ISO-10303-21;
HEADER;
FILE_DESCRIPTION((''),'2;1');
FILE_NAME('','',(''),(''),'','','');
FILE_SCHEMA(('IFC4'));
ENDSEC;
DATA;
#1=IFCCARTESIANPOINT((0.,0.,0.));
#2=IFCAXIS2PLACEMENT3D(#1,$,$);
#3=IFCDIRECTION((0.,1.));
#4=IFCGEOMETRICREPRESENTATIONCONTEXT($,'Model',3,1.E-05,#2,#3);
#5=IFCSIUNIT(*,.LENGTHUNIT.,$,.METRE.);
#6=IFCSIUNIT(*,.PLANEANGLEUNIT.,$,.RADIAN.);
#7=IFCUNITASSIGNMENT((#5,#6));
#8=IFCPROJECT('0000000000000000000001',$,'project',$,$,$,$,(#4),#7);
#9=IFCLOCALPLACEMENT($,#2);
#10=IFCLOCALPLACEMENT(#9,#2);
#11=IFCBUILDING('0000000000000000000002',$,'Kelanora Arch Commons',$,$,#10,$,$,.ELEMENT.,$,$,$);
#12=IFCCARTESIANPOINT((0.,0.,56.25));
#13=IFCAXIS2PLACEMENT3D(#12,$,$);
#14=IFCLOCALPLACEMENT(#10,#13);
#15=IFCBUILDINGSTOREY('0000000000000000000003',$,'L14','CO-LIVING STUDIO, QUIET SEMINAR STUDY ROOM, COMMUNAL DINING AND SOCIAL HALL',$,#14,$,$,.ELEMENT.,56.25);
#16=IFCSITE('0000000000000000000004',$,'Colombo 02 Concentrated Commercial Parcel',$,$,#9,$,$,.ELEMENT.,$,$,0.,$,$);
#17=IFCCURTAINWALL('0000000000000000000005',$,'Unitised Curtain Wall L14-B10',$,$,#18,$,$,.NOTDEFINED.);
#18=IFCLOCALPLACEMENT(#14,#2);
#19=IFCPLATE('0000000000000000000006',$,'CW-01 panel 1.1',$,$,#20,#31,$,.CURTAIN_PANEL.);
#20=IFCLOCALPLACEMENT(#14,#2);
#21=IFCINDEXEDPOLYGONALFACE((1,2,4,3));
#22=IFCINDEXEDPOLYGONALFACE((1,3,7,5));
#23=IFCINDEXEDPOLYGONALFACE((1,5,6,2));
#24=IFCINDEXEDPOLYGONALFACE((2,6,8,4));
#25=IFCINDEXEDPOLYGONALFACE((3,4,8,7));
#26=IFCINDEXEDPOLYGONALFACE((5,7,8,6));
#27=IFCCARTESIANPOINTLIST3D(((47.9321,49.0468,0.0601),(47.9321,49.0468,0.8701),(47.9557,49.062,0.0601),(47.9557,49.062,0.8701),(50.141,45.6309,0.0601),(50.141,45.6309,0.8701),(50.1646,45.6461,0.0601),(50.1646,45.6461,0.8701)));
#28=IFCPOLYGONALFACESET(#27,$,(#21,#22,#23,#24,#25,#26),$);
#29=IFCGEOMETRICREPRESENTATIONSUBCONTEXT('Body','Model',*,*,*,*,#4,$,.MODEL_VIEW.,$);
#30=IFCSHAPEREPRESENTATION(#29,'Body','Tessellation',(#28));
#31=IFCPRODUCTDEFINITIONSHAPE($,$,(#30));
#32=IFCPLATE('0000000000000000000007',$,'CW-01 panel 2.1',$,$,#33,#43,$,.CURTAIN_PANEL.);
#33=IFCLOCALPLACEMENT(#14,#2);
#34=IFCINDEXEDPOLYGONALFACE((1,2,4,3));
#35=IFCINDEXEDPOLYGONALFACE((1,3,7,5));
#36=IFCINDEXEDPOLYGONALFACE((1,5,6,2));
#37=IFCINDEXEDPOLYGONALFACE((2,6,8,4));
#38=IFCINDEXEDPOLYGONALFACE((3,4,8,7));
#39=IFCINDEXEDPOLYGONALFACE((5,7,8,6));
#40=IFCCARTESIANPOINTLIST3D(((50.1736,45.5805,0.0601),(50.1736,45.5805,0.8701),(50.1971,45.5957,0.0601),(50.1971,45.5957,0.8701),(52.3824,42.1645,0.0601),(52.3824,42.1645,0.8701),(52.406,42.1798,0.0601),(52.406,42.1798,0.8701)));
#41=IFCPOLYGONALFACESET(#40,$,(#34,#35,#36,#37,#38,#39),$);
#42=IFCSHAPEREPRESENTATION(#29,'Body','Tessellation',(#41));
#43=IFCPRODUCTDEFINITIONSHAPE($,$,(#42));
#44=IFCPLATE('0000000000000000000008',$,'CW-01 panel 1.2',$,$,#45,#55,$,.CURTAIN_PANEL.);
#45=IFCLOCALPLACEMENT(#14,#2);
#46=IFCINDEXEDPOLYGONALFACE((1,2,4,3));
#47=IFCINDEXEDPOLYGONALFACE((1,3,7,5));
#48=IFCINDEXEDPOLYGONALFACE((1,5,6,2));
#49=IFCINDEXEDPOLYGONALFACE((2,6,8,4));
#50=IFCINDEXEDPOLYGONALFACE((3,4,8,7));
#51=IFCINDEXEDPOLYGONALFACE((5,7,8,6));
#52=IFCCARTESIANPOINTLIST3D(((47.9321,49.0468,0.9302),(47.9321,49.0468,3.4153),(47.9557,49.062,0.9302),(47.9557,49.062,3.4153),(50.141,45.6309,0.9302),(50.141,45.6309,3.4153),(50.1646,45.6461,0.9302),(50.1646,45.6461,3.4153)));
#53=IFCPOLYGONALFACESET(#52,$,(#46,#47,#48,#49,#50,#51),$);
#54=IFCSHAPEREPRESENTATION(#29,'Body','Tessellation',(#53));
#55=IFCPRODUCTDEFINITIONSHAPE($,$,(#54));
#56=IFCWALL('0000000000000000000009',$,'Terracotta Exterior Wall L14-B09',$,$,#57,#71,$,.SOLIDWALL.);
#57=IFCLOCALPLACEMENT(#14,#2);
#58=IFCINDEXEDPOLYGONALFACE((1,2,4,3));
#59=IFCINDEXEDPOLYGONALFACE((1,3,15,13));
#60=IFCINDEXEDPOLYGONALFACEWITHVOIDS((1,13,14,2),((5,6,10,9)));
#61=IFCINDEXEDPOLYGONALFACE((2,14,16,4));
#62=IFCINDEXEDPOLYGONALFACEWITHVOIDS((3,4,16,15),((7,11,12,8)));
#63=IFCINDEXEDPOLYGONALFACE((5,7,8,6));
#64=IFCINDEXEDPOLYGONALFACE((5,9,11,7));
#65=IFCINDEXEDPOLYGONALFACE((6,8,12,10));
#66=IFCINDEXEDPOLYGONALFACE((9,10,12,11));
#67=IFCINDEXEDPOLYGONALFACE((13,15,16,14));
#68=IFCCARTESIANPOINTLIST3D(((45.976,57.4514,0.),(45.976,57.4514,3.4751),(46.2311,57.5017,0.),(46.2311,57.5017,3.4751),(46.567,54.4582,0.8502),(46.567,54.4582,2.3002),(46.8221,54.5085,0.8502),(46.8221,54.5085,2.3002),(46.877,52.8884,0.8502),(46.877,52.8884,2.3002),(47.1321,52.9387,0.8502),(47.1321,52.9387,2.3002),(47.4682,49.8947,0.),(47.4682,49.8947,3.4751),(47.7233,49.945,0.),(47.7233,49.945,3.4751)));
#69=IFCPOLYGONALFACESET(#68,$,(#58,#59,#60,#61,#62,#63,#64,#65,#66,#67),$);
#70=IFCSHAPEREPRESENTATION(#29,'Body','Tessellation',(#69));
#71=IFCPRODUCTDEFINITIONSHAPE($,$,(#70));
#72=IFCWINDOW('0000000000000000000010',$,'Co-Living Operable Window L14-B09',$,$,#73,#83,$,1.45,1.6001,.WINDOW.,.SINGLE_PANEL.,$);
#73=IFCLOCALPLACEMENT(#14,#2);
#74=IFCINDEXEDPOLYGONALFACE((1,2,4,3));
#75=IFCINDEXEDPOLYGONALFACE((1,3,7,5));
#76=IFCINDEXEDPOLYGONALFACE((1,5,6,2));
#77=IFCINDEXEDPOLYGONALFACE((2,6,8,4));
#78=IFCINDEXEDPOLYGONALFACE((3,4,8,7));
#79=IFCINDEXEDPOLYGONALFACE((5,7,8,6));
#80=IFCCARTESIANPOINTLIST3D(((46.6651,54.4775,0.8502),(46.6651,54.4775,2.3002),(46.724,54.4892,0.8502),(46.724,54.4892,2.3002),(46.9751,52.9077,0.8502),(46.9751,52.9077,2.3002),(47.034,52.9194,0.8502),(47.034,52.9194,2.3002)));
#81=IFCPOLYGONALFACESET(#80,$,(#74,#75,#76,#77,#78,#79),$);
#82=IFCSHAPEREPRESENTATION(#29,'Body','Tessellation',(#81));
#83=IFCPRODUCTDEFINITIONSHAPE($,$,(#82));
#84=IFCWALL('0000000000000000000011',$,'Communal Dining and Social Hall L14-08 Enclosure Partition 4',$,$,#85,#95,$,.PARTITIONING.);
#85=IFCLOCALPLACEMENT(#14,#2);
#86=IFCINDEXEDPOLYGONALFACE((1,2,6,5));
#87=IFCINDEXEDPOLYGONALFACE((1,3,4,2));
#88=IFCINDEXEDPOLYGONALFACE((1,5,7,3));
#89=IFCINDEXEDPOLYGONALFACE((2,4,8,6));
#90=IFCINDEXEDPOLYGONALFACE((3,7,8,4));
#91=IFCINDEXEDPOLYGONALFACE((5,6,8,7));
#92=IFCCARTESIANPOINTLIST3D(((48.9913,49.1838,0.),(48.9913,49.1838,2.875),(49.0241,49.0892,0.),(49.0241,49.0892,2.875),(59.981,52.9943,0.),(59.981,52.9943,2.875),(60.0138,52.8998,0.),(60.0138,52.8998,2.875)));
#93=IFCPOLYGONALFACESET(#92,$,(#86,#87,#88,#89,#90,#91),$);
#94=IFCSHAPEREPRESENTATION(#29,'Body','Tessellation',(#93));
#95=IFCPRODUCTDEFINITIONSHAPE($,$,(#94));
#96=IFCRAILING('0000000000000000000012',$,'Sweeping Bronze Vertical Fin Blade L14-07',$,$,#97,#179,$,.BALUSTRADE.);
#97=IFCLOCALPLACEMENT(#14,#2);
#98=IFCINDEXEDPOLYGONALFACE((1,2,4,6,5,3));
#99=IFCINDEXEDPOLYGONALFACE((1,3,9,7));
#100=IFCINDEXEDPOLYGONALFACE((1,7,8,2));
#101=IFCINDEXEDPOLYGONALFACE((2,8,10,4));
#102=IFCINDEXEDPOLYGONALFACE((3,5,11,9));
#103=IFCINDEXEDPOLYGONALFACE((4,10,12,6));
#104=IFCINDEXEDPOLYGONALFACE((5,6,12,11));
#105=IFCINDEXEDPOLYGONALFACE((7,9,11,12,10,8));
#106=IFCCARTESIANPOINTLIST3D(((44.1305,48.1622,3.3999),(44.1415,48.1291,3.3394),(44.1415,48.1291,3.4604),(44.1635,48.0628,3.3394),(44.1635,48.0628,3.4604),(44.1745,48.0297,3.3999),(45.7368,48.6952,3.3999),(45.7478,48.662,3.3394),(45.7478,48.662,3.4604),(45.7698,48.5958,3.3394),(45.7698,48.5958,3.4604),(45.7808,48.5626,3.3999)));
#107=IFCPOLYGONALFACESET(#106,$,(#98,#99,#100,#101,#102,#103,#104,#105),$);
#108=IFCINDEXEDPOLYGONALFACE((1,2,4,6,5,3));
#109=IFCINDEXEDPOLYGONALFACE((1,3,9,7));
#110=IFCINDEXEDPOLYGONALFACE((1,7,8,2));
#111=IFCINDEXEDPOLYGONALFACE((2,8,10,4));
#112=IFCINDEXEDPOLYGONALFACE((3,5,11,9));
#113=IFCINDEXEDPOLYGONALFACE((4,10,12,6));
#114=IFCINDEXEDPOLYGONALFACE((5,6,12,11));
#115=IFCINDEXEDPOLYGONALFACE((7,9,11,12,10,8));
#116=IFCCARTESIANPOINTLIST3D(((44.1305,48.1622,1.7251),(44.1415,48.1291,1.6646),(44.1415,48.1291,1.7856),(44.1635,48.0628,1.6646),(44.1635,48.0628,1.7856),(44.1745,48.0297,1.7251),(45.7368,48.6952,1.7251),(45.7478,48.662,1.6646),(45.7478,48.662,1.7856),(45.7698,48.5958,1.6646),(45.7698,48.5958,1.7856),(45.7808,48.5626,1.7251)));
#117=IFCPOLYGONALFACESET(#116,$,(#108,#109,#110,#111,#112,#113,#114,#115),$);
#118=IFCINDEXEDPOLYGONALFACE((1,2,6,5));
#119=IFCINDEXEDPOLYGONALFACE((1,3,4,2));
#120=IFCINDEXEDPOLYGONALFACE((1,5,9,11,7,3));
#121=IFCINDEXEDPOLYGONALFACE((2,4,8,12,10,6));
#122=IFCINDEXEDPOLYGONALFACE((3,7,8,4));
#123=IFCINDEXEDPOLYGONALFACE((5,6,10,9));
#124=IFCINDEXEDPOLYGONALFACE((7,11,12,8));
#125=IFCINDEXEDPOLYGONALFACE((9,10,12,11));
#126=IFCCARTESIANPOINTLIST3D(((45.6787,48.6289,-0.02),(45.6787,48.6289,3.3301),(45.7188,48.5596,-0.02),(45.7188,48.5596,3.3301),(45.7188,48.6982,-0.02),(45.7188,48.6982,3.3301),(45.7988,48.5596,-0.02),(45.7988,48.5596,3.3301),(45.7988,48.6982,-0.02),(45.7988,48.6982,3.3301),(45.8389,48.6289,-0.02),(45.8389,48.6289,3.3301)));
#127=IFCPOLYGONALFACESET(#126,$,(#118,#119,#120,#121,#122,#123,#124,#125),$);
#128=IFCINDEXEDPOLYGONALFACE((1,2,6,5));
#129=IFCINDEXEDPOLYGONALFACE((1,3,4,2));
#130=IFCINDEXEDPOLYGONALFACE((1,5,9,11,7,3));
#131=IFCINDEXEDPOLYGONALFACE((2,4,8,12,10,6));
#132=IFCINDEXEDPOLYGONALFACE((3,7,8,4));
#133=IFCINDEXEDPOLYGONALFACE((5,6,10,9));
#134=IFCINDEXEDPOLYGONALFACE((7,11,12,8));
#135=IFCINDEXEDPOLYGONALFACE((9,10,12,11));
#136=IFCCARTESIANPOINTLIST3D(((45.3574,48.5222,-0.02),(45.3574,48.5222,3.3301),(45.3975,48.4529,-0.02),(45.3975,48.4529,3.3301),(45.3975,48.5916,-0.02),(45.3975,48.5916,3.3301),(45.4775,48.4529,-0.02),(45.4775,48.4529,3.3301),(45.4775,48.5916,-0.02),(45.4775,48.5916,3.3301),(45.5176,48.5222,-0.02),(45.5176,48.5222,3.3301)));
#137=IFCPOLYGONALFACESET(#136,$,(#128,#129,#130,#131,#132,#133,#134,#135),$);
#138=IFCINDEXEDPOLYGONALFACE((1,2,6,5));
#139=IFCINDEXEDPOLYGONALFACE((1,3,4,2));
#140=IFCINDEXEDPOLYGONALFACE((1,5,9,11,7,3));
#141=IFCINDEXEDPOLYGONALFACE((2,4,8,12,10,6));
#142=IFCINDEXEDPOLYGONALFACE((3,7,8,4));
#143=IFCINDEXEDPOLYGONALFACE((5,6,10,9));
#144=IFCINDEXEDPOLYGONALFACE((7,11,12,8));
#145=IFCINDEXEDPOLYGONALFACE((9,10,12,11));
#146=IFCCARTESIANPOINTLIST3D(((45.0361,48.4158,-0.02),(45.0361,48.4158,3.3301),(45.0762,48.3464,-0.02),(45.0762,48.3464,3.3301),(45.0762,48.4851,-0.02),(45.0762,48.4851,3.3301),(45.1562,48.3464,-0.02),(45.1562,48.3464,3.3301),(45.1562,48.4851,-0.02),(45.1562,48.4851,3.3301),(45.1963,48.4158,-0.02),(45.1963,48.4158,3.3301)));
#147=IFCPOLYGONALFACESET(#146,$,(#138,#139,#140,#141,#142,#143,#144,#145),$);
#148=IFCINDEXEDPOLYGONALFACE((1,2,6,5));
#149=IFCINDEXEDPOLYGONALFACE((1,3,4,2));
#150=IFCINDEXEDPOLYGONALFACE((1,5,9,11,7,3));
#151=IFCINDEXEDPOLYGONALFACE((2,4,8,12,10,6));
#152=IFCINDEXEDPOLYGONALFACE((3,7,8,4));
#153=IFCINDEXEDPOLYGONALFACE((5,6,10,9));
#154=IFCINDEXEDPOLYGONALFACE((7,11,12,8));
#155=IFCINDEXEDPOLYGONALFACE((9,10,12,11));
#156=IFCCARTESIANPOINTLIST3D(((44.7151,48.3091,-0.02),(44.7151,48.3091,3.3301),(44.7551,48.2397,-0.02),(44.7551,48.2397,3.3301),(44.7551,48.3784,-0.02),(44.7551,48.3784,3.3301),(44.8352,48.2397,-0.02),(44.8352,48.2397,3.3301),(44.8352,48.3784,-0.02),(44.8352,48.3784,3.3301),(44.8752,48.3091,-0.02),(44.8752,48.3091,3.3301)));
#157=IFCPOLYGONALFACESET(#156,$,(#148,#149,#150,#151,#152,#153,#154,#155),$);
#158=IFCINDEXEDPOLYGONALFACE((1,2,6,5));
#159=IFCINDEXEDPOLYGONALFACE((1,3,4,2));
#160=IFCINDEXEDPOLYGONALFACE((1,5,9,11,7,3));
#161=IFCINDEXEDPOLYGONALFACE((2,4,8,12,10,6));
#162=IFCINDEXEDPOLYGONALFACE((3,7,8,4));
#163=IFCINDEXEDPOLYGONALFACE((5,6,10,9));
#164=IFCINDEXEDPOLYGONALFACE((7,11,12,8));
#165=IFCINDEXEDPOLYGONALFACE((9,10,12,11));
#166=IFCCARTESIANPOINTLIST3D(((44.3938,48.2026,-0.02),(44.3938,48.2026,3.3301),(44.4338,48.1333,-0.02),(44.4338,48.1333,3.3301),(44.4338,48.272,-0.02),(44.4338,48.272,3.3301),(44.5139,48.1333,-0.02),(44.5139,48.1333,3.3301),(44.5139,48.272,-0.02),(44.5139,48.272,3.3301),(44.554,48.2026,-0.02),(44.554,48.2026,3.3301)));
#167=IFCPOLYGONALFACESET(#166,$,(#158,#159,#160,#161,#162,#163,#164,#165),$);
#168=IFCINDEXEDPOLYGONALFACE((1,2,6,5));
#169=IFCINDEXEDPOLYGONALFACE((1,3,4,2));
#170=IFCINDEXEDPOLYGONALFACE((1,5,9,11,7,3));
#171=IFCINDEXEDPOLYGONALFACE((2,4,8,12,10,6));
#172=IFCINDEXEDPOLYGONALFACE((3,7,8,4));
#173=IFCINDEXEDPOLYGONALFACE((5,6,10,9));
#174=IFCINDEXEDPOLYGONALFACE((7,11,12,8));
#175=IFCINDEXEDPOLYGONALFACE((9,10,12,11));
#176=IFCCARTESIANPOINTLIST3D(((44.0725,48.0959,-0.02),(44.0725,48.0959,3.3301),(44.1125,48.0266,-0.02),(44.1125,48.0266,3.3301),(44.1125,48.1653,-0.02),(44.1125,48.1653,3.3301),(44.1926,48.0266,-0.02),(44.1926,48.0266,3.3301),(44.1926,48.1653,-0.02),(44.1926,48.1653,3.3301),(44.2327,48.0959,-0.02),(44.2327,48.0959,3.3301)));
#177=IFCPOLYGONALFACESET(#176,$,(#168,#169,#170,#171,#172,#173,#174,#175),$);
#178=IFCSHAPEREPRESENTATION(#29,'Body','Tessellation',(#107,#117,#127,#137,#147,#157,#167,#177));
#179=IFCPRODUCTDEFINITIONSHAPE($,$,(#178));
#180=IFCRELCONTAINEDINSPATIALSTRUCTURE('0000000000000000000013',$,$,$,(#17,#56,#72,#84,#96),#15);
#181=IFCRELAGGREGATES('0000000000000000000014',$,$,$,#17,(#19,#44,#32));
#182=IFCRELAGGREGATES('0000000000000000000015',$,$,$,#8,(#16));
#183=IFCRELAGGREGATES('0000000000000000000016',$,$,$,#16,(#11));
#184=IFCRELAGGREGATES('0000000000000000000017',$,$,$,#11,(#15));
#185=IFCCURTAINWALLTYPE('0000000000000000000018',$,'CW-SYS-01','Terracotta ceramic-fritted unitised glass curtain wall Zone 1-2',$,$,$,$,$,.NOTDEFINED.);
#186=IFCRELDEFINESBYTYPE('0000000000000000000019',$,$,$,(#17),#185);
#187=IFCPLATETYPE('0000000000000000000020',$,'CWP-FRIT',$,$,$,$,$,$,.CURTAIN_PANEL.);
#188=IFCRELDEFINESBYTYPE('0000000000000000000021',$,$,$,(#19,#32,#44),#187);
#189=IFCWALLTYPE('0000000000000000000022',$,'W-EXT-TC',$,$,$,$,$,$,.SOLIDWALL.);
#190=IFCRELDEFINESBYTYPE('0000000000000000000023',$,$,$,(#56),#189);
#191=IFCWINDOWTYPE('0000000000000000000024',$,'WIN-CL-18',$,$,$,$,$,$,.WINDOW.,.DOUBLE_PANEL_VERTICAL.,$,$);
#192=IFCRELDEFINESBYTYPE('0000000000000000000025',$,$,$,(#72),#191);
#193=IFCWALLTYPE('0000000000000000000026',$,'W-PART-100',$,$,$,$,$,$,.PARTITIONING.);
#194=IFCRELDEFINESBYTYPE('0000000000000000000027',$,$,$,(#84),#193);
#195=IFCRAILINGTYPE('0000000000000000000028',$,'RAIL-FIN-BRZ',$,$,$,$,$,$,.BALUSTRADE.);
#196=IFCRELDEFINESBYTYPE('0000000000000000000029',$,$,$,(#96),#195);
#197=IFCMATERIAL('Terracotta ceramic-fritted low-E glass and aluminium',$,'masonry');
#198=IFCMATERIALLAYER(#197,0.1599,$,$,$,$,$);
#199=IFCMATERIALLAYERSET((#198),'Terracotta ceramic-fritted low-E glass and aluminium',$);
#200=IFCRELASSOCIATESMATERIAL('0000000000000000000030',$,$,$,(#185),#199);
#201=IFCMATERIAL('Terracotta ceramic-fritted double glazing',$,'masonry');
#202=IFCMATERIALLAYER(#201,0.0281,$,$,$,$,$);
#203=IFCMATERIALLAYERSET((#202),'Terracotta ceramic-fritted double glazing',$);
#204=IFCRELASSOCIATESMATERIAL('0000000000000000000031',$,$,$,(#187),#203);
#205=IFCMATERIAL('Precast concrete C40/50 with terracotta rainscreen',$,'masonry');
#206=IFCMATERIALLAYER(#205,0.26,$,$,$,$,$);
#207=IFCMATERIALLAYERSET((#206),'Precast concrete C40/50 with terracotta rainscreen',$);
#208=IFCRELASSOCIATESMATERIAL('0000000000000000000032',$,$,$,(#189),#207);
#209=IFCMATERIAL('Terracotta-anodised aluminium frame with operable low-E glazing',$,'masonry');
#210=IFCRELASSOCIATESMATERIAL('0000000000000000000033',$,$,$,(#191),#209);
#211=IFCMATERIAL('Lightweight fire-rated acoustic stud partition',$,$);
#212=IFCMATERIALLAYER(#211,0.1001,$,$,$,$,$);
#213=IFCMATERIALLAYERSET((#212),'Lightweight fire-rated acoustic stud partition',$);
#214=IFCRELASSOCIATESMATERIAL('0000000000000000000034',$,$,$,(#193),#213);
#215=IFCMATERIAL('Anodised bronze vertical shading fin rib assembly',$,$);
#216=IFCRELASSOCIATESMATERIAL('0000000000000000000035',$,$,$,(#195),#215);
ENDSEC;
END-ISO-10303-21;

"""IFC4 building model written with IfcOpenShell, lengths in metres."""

from ifc_helpers import new_model, si_unit, direction, frame, frame_2d, origin, origin_2d, place, context, subcontext, project, spatial, polyline, rectangle, outline, extrude, source, transform, mapped, material, layer, layer_set, type_object, element, fill, aggregate, save


model = new_model("IFC4")

# Units and contexts
model_context = context("Model", 3, precision=1e-05, world=origin(), true_north=direction((0.0, 1.0)))
body_context = subcontext(model_context, "Body", "Model", "MODEL_VIEW")
ifc_project = project(units=[si_unit("LENGTHUNIT", "METRE"), si_unit("PLANEANGLEUNIT", "RADIAN")], contexts=[model_context])

# Site, building, storey
site_placement = place(None, origin())
site = spatial("IfcSite", under=ifc_project, at=site_placement, Name="Colombo 02 Concentrated Commercial Parcel", CompositionType="ELEMENT", RefElevation=0.0)
building_placement = place(site_placement, origin())
building = spatial("IfcBuilding", under=site, at=building_placement, Name="Kelanora Arch Commons", CompositionType="ELEMENT")
storey_placement = place(building_placement, frame((0.0, 0.0, 56.25)))
storey = spatial("IfcBuildingStorey", under=building, at=storey_placement, Name="L14", Description="CO-LIVING STUDIO, QUIET SEMINAR STUDY ROOM, COMMUNAL DINING AND SOCIAL HALL", CompositionType="ELEMENT", Elevation=56.25)

# Shared definitions
ifc_material_1 = material(Name="Terracotta ceramic-fritted low-E glass and aluminium", Category="masonry")
ifc_layer_1 = layer(ifc_material_1, 0.1599)
ifc_layer_set_1 = layer_set([ifc_layer_1], Name="Terracotta ceramic-fritted low-E glass and aluminium")
curtain_wall_type = type_object("IfcCurtainWallType", Name="CW-SYS-01", Description="Terracotta ceramic-fritted unitised glass curtain wall Zone 1-2", PredefinedType="NOTDEFINED", material=ifc_layer_set_1)

# Curtain wall
curtain_wall_1_placement = place(storey_placement, origin())
curtain_wall_1 = element("IfcCurtainWall", 1, at=curtain_wall_1_placement, inside=storey, type_object=curtain_wall_type, Name="Unitised Curtain Wall L14-B10", PredefinedType="NOTDEFINED")

# Plates
ifc_material_2 = material(Name="Terracotta ceramic-fritted double glazing", Category="masonry")
ifc_layer_2 = layer(ifc_material_2, 0.0281)
ifc_layer_set_2 = layer_set([ifc_layer_2], Name="Terracotta ceramic-fritted double glazing")
plate_type = type_object("IfcPlateType", Name="CWP-FRIT", PredefinedType="CURTAIN_PANEL", material=ifc_layer_set_2)
shared_shape_1 = source(origin(), body_context, "Body", "SweptSolid", [
    extrude(rectangle(XDim=4.0679, YDim=0.0281, at=origin_2d()), origin(), (0.0, 0.0, 1.0), 0.8101),
])
plate_1_placement = place(storey_placement, frame((49.0483, 47.3464, 0.0601), z_axis=(0.0, 0.0, 1.0), x_axis=(0.543004, -0.83973, 0.0)))
plate_1 = element("IfcPlate", 2, at=plate_1_placement, type_object=plate_type, Name="CW-01 panel 1.1", PredefinedType="CURTAIN_PANEL", context=body_context, shape_type="MappedRepresentation", body=[
    mapped(shared_shape_1, transform((0.0, 0.0, 0.0), scale=1.0)),
])
plate_2_placement = place(storey_placement, frame((51.2898, 43.8801, 0.0601), z_axis=(0.0, 0.0, 1.0), x_axis=(0.543004, -0.83973, 0.0)))
plate_2 = element("IfcPlate", 3, at=plate_2_placement, type_object=plate_type, Name="CW-01 panel 2.1", PredefinedType="CURTAIN_PANEL", context=body_context, shape_type="MappedRepresentation", body=[
    mapped(shared_shape_1, transform((0.0, 0.0, 0.0), scale=1.0)),
])
shared_shape_2 = source(origin(), body_context, "Body", "SweptSolid", [
    extrude(rectangle(XDim=4.0679, YDim=0.0281, at=origin_2d()), origin(), (0.0, 0.0, 1.0), 2.4851),
])
plate_3_placement = place(storey_placement, frame((49.0483, 47.3464, 0.9302), z_axis=(0.0, 0.0, 1.0), x_axis=(0.543004, -0.83973, 0.0)))
plate_3 = element("IfcPlate", 4, at=plate_3_placement, type_object=plate_type, Name="CW-01 panel 1.2", PredefinedType="CURTAIN_PANEL", context=body_context, shape_type="MappedRepresentation", body=[
    mapped(shared_shape_2, transform((0.0, 0.0, 0.0), scale=1.0)),
])
aggregate(curtain_wall_1, [plate_1, plate_3, plate_2])

# Wall, opening, window
ifc_material_3 = material(Name="Precast concrete C40/50 with terracotta rainscreen", Category="masonry")
ifc_layer_3 = layer(ifc_material_3, 0.26)
ifc_layer_set_3 = layer_set([ifc_layer_3], Name="Precast concrete C40/50 with terracotta rainscreen")
wall_type_1 = type_object("IfcWallType", Name="W-EXT-TC", PredefinedType="SOLIDWALL", material=ifc_layer_set_3)
wall_1_placement = place(storey_placement, frame((46.1035, 57.4766, 0.0), z_axis=(0.0, 0.0, 1.0), x_axis=(0.193726, -0.981056, 0.0)))
wall_1 = element("IfcWall", 5, at=wall_1_placement, inside=storey, type_object=wall_type_1, Name="Terracotta Exterior Wall L14-B09", PredefinedType="SOLIDWALL", context=body_context, shape_type="SweptSolid", body=[
    extrude(rectangle(XDim=7.7026, YDim=0.26, at=frame_2d((3.8513, 0.0))), origin(), (0.0, 0.0, 1.0), 3.4751),
])
opening_placement = place(wall_1_placement, frame((3.051, 0.0, 0.8501)))
opening = element("IfcOpeningElement", 6, at=opening_placement, cuts=wall_1, PredefinedType="OPENING", context=body_context, shape_type="SweptSolid", body=[
    extrude(rectangle(XDim=1.6001, YDim=1.45, at=frame_2d((0.8, 0.7251))), frame((0.0, 0.1401, 0.0), z_axis=(0.0, -1.0, 0.0), x_axis=(1.0, 0.0, 0.0)), (0.0, 0.0, 1.0), 0.28),
])
ifc_material_4 = material(Name="Terracotta-anodised aluminium frame with operable low-E glazing", Category="masonry")
window_type = type_object("IfcWindowType", Name="WIN-CL-18", PartitioningType="DOUBLE_PANEL_VERTICAL", PredefinedType="WINDOW", material=ifc_material_4)
window_placement = place(opening_placement, origin())
window = element("IfcWindow", 7, at=window_placement, inside=storey, type_object=window_type, Name="Co-Living Operable Window L14-B09", OverallHeight=1.45, OverallWidth=1.6001, PartitioningType="SINGLE_PANEL", PredefinedType="WINDOW", context=body_context, shape_type="SweptSolid", body=[
    extrude(rectangle(XDim=1.6001, YDim=1.45, at=frame_2d((0.8, 0.7251))), frame((0.0, 0.03, 0.0), z_axis=(0.0, -1.0, 0.0), x_axis=(1.0, 0.0, 0.0)), (0.0, 0.0, 1.0), 0.0601),
])
fill(opening, window)

# Wall
ifc_material_5 = material(Name="Lightweight fire-rated acoustic stud partition")
ifc_layer_4 = layer(ifc_material_5, 0.1001)
ifc_layer_set_4 = layer_set([ifc_layer_4], Name="Lightweight fire-rated acoustic stud partition")
wall_type_2 = type_object("IfcWallType", Name="W-PART-100", PredefinedType="PARTITIONING", material=ifc_layer_set_4)
wall_2_placement = place(storey_placement, frame((49.0076, 49.1365, 0.0), z_axis=(0.0, 0.0, 1.0), x_axis=(0.944816, 0.327602, 0.0)))
element("IfcWall", 8, at=wall_2_placement, inside=storey, type_object=wall_type_2, Name="Communal Dining and Social Hall L14-08 Enclosure Partition 4", PredefinedType="PARTITIONING", context=body_context, shape_type="SweptSolid", body=[
    extrude(rectangle(XDim=11.6316, YDim=0.1001, at=frame_2d((5.8159, 0.0))), origin(), (0.0, 0.0, 1.0), 2.875),
])

# Railing
ifc_material_6 = material(Name="Anodised bronze vertical shading fin rib assembly")
railing_type = type_object("IfcRailingType", Name="RAIL-FIN-BRZ", PredefinedType="BALUSTRADE", material=ifc_material_6)
railing_placement = place(storey_placement, frame((45.7588, 48.6289, -0.02)))
element("IfcRailing", 9, at=railing_placement, inside=storey, type_object=railing_type, Name="Sweeping Bronze Vertical Fin Blade L14-07", PredefinedType="BALUSTRADE", context=body_context, shape_type="SweptSolid", body=[
    extrude(outline(polyline([(0.0698, 0.0), (0.0349, 0.0605), (-0.0349, 0.0605), (-0.0698, 0.0), (-0.0349, -0.0605), (0.0349, -0.0605), (0.0698, 0.0)])), frame((0.0, 0.0, 3.4199), z_axis=(-0.949115, -0.314929, 0.0), x_axis=(0.314929, -0.949115, 0.0)), (0.0, 0.0, 1.0), 1.6924),
    extrude(outline(polyline([(0.0698, 0.0), (0.0349, 0.0605), (-0.0349, 0.0605), (-0.0698, 0.0), (-0.0349, -0.0605), (0.0349, -0.0605), (0.0698, 0.0)])), frame((0.0, 0.0, 1.7451), z_axis=(-0.949115, -0.314929, 0.0), x_axis=(0.314929, -0.949115, 0.0)), (0.0, 0.0, 1.0), 1.6924),
    extrude(outline(polyline([(0.0801, 0.0), (0.04, 0.0693), (-0.04, 0.0693), (-0.0801, 0.0), (-0.04, -0.0693), (0.04, -0.0693), (0.0801, 0.0)])), origin(), (0.0, 0.0, 1.0), 3.3501),
    extrude(outline(polyline([(0.0801, 0.0), (0.04, 0.0693), (-0.04, 0.0693), (-0.0801, 0.0), (-0.04, -0.0693), (0.04, -0.0693), (0.0801, 0.0)])), frame((-0.3213, -0.1067, 0.0)), (0.0, 0.0, 1.0), 3.3501),
    extrude(outline(polyline([(0.0801, 0.0), (0.04, 0.0693), (-0.04, 0.0693), (-0.0801, 0.0), (-0.04, -0.0693), (0.04, -0.0693), (0.0801, 0.0)])), frame((-0.6426, -0.2131, 0.0)), (0.0, 0.0, 1.0), 3.3501),
    extrude(outline(polyline([(0.0801, 0.0), (0.04, 0.0693), (-0.04, 0.0693), (-0.0801, 0.0), (-0.04, -0.0693), (0.04, -0.0693), (0.0801, 0.0)])), frame((-0.9636, -0.3198, 0.0)), (0.0, 0.0, 1.0), 3.3501),
    extrude(outline(polyline([(0.0801, 0.0), (0.04, 0.0693), (-0.04, 0.0693), (-0.0801, 0.0), (-0.04, -0.0693), (0.04, -0.0693), (0.0801, 0.0)])), frame((-1.2849, -0.4263, 0.0)), (0.0, 0.0, 1.0), 3.3501),
    extrude(outline(polyline([(0.0801, 0.0), (0.04, 0.0693), (-0.04, 0.0693), (-0.0801, 0.0), (-0.04, -0.0693), (0.04, -0.0693), (0.0801, 0.0)])), frame((-1.6062, -0.533, 0.0)), (0.0, 0.0, 1.0), 3.3501),
])

save(model, "model.ifc")
